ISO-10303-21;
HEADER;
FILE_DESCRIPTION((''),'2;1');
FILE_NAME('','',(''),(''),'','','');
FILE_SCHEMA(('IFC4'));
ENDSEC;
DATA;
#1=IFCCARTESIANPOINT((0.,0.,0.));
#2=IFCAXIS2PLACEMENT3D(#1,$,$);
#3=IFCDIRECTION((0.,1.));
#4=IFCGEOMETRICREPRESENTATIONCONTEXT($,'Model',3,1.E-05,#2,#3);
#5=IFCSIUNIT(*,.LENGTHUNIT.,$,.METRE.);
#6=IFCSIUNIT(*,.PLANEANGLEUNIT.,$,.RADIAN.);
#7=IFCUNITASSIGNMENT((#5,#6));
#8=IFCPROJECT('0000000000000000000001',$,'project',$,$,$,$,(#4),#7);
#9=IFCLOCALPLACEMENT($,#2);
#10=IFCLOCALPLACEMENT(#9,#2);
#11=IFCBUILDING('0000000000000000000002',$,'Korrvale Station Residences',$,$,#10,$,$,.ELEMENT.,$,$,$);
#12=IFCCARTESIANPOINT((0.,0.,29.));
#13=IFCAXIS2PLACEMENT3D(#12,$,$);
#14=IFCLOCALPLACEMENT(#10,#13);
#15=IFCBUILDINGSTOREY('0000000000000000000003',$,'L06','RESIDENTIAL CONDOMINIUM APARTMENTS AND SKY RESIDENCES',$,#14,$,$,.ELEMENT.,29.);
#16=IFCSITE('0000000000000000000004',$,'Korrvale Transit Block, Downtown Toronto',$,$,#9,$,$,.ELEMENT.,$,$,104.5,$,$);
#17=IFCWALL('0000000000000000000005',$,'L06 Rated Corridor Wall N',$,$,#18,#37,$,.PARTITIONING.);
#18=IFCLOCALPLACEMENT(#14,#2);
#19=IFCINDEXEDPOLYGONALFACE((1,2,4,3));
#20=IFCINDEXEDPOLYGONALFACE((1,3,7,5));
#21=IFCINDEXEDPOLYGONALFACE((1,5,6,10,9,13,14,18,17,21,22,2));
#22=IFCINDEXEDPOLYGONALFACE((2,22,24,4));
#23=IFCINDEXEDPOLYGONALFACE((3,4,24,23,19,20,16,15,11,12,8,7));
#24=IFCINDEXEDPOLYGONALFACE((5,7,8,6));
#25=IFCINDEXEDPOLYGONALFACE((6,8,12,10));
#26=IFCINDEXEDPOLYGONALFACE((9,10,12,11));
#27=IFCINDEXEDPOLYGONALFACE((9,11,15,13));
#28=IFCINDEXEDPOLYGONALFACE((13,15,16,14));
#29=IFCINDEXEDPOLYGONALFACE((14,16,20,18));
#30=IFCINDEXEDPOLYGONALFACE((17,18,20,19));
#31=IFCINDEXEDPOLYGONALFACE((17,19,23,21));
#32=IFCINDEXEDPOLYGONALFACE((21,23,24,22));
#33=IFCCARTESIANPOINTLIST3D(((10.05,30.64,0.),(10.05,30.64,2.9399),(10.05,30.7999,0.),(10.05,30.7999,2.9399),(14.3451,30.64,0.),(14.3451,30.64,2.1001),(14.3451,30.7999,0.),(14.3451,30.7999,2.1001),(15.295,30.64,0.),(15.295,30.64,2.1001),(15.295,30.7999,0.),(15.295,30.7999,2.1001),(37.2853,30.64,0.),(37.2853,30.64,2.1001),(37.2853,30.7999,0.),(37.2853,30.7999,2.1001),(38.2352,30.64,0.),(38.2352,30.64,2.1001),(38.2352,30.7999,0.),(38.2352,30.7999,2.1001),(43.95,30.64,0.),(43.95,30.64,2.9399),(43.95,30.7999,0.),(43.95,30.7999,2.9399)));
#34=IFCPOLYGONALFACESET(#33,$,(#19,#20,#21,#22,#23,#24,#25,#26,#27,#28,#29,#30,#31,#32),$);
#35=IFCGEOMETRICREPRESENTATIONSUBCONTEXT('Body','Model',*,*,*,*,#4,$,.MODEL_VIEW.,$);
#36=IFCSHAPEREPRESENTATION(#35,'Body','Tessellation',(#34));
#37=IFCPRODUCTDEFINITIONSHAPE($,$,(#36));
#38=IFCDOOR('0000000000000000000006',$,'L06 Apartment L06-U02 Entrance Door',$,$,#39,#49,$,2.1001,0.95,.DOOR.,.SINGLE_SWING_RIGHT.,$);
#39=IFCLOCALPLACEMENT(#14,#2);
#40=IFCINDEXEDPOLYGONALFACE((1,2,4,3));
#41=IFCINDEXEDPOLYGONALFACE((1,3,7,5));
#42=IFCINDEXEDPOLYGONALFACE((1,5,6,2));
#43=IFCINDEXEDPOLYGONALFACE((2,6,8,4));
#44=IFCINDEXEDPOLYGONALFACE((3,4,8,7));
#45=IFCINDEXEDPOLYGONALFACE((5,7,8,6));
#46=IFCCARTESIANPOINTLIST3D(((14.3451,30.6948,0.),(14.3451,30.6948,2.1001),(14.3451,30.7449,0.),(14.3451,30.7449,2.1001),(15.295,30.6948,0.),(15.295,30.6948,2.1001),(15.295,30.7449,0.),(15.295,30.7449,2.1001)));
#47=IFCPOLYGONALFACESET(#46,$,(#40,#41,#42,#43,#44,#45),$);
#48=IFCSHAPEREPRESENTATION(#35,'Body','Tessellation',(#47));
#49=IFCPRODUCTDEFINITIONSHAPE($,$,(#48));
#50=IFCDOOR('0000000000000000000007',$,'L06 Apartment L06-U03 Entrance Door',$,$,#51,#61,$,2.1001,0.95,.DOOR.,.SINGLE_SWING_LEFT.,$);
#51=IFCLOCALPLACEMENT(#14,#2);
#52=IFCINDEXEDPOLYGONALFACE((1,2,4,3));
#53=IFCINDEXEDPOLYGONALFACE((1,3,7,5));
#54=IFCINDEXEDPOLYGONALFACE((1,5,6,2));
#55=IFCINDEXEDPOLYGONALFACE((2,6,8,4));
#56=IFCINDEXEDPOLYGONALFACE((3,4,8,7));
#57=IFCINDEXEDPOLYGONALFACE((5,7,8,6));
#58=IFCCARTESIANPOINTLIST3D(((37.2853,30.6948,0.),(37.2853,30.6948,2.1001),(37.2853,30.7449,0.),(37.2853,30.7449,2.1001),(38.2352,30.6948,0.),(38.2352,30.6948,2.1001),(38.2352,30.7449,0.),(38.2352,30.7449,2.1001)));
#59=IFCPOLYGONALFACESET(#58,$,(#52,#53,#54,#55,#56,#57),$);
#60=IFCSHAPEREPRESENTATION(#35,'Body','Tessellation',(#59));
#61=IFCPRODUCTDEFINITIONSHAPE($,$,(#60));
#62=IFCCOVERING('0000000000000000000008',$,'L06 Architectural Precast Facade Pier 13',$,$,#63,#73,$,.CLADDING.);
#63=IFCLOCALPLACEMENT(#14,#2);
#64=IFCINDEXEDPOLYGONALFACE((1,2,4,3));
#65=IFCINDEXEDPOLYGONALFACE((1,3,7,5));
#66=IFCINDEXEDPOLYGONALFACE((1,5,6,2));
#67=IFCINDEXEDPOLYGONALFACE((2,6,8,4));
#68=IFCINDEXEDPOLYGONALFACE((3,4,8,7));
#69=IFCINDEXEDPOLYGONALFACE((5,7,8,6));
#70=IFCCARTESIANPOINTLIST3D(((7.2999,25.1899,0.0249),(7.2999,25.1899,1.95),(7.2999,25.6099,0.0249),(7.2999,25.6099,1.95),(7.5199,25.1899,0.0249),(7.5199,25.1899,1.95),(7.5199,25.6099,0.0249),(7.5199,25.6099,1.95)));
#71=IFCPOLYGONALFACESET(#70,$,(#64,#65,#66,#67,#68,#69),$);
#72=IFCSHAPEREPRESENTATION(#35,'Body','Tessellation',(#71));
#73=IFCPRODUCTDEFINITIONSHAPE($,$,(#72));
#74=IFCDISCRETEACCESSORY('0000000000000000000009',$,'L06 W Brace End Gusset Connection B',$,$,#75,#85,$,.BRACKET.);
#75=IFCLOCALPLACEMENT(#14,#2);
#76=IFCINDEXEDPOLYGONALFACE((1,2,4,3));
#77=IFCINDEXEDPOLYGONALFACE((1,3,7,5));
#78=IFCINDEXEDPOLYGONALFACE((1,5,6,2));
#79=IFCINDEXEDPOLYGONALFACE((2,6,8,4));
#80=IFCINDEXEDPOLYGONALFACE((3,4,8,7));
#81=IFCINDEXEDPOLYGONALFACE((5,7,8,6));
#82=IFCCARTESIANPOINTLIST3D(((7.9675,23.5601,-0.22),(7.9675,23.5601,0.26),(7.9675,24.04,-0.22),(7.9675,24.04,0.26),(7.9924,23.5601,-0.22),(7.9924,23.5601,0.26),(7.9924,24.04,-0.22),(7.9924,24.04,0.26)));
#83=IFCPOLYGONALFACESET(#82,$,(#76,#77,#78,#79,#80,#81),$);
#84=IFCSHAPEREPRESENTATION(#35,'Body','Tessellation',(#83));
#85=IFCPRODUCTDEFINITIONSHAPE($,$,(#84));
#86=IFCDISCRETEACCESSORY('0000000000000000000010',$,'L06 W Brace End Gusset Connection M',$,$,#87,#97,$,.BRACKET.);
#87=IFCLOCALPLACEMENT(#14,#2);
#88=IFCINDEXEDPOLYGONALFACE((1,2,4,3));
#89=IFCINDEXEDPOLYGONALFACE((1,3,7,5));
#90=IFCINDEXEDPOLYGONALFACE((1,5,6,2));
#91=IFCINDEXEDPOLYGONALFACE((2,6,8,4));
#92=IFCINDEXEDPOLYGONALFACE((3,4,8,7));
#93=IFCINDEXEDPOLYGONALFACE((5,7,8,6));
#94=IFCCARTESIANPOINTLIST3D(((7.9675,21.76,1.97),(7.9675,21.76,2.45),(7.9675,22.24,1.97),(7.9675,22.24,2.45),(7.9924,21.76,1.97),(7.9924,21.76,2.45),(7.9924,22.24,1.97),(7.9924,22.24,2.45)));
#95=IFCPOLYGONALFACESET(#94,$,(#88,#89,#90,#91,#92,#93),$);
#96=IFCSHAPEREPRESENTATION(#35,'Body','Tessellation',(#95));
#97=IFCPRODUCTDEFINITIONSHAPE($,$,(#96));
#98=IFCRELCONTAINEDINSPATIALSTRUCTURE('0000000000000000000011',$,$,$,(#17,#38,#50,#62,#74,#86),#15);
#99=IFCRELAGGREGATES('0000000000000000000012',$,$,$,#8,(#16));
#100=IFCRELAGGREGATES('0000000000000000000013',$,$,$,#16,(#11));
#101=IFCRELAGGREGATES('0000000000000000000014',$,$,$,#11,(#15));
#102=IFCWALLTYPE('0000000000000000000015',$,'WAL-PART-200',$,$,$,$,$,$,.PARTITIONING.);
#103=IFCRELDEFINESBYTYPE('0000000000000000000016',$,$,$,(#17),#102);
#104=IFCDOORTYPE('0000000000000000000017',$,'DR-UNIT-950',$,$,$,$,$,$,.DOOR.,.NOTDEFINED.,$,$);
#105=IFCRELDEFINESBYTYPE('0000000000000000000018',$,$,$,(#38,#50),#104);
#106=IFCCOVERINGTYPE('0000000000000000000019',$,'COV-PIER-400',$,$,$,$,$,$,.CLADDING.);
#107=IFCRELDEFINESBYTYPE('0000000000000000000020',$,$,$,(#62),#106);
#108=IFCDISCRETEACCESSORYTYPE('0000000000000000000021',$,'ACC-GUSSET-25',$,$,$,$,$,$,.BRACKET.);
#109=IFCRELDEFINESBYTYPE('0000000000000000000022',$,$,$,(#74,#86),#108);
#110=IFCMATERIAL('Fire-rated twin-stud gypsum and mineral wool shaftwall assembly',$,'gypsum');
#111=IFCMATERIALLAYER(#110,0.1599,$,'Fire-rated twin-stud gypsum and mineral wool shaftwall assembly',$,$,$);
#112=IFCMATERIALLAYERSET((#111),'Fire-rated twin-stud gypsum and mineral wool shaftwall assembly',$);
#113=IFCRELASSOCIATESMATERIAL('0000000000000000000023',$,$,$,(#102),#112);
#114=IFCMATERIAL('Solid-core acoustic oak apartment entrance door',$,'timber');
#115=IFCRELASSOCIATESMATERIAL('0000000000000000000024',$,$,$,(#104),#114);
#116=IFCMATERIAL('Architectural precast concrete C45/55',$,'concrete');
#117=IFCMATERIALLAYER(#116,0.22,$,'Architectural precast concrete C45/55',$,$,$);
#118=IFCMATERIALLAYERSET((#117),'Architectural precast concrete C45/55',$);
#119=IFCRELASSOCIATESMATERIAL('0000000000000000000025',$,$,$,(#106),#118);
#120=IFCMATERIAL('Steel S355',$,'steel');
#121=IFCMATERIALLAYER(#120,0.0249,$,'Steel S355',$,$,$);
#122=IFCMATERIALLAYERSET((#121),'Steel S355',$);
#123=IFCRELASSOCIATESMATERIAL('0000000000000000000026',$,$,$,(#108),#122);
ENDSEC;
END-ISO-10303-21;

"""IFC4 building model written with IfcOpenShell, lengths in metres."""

from ifc_helpers import new_model, si_unit, direction, frame, frame_2d, origin, origin_2d, place, context, subcontext, project, spatial, rectangle, extrude, material, layer, layer_set, type_object, element, fill, save


model = new_model("IFC4")

# Units and contexts
model_context = context("Model", 3, precision=1e-05, world=origin(), true_north=direction((0.0, 1.0)))
body_context = subcontext(model_context, "Body", "Model", "MODEL_VIEW")
ifc_project = project(units=[si_unit("LENGTHUNIT", "METRE"), si_unit("PLANEANGLEUNIT", "RADIAN")], contexts=[model_context])

# Site, building, storey
site_placement = place(None, origin())
site = spatial("IfcSite", under=ifc_project, at=site_placement, Name="Korrvale Transit Block, Downtown Toronto", CompositionType="ELEMENT", RefElevation=104.5)
building_placement = place(site_placement, origin())
building = spatial("IfcBuilding", under=site, at=building_placement, Name="Korrvale Station Residences", CompositionType="ELEMENT")
storey_placement = place(building_placement, frame((0.0, 0.0, 29.0)))
storey = spatial("IfcBuildingStorey", under=building, at=storey_placement, Name="L06", Description="RESIDENTIAL CONDOMINIUM APARTMENTS AND SKY RESIDENCES", CompositionType="ELEMENT", Elevation=29.0)

# Shared definitions
ifc_material_1 = material(Name="Steel S355", Category="steel")

# Shared definitions
ifc_material_2 = material(Name="Fire-rated twin-stud gypsum and mineral wool shaftwall assembly", Category="gypsum")
ifc_layer_1 = layer(ifc_material_2, 0.1599, Name="Fire-rated twin-stud gypsum and mineral wool shaftwall assembly")
ifc_layer_set_1 = layer_set([ifc_layer_1], Name="Fire-rated twin-stud gypsum and mineral wool shaftwall assembly")
wall_type_1 = type_object("IfcWallType", Name="WAL-PART-200", PredefinedType="PARTITIONING", material=ifc_layer_set_1)

# Wall, openings, doors
wall_1_placement = place(storey_placement, frame((10.05, 30.72, 0.0), z_axis=(0.0, 0.0, 1.0), x_axis=(1.0, 0.0, 0.0)))
wall_1 = element("IfcWall", 1, at=wall_1_placement, inside=storey, type_object=wall_type_1, Name="L06 Rated Corridor Wall N", PredefinedType="PARTITIONING", context=body_context, shape_type="SweptSolid", body=[
    extrude(rectangle(XDim=33.8999, YDim=0.1599, at=frame_2d((16.95, 0.0))), origin(), (0.0, 0.0, 1.0), 2.9399),
])
opening_1_placement = place(wall_1_placement, frame((4.2949, 0.0, 0.0)))
opening_1 = element("IfcOpeningElement", 2, at=opening_1_placement, cuts=wall_1, PredefinedType="OPENING", context=body_context, shape_type="SweptSolid", body=[
    extrude(rectangle(XDim=0.95, YDim=2.1001, at=frame_2d((0.4751, 1.05))), frame((0.0, 0.0898, 0.0), z_axis=(0.0, -1.0, 0.0), x_axis=(1.0, 0.0, 0.0)), (0.0, 0.0, 1.0), 0.1799),
])
opening_2_placement = place(wall_1_placement, frame((27.2351, 0.0, 0.0)))
opening_2 = element("IfcOpeningElement", 3, at=opening_2_placement, cuts=wall_1, PredefinedType="OPENING", context=body_context, shape_type="SweptSolid", body=[
    extrude(rectangle(XDim=0.95, YDim=2.1001, at=frame_2d((0.4751, 1.05))), frame((0.0, 0.0898, 0.0), z_axis=(0.0, -1.0, 0.0), x_axis=(1.0, 0.0, 0.0)), (0.0, 0.0, 1.0), 0.1799),
])
ifc_material_3 = material(Name="Solid-core acoustic oak apartment entrance door", Category="timber")
door_type_1 = type_object("IfcDoorType", Name="DR-UNIT-950", OperationType="NOTDEFINED", PredefinedType="DOOR", material=ifc_material_3)
door_1_placement = place(opening_1_placement, origin())
door_1 = element("IfcDoor", 4, at=door_1_placement, inside=storey, type_object=door_type_1, Name="L06 Apartment L06-U02 Entrance Door", OperationType="SINGLE_SWING_RIGHT", OverallHeight=2.1001, OverallWidth=0.95, PredefinedType="DOOR", context=body_context, shape_type="SweptSolid", body=[
    extrude(rectangle(XDim=0.95, YDim=2.1001, at=frame_2d((0.4751, 1.05))), frame((0.0, 0.0249, 0.0), z_axis=(0.0, -1.0, 0.0), x_axis=(1.0, 0.0, 0.0)), (0.0, 0.0, 1.0), 0.05),
])
fill(opening_1, door_1)
door_2_placement = place(opening_2_placement, origin())
door_2 = element("IfcDoor", 5, at=door_2_placement, inside=storey, type_object=door_type_1, Name="L06 Apartment L06-U03 Entrance Door", OperationType="SINGLE_SWING_LEFT", OverallHeight=2.1001, OverallWidth=0.95, PredefinedType="DOOR", context=body_context, shape_type="SweptSolid", body=[
    extrude(rectangle(XDim=0.95, YDim=2.1001, at=frame_2d((0.4751, 1.05))), frame((0.0, 0.0249, 0.0), z_axis=(0.0, -1.0, 0.0), x_axis=(1.0, 0.0, 0.0)), (0.0, 0.0, 1.0), 0.05),
])
fill(opening_2, door_2)

# Covering
ifc_material_4 = material(Name="Architectural precast concrete C45/55", Category="concrete")
ifc_layer_2 = layer(ifc_material_4, 0.22, Name="Architectural precast concrete C45/55")
ifc_layer_set_2 = layer_set([ifc_layer_2], Name="Architectural precast concrete C45/55")
covering_type = type_object("IfcCoveringType", Name="COV-PIER-400", PredefinedType="CLADDING", material=ifc_layer_set_2)
covering_placement = place(storey_placement, frame((7.4099, 25.3999, 0.0249), z_axis=(0.0, 0.0, 1.0), x_axis=(0.0, 1.0, 0.0)))
element("IfcCovering", 6, at=covering_placement, inside=storey, type_object=covering_type, Name="L06 Architectural Precast Facade Pier 13", PredefinedType="CLADDING", context=body_context, shape_type="SweptSolid", body=[
    extrude(rectangle(XDim=0.4199, YDim=0.22, at=origin_2d()), origin(), (0.0, 0.0, 1.0), 1.925),
])

# Discrete accessories
ifc_layer_3 = layer(ifc_material_1, 0.0249, Name="Steel S355")
ifc_layer_set_3 = layer_set([ifc_layer_3], Name="Steel S355")
discrete_accessory_type = type_object("IfcDiscreteAccessoryType", Name="ACC-GUSSET-25", PredefinedType="BRACKET", material=ifc_layer_set_3)
for number, where, z_axis, x_axis, name in (
    (7, (7.98, 23.8, -0.22), (0.0, 0.0, 1.0), (0.0, 1.0, 0.0), "L06 W Brace End Gusset Connection B"),
    (8, (7.98, 22.0, 1.97), (0.0, 0.0, 1.0), (0.0, 1.0, 0.0), "L06 W Brace End Gusset Connection M"),
):
    element("IfcDiscreteAccessory", number, at=place(storey_placement, frame(where, z_axis=z_axis, x_axis=x_axis)), inside=storey, type_object=discrete_accessory_type, Name=name, PredefinedType="BRACKET", context=body_context, shape_type="SweptSolid", body=[
        extrude(rectangle(XDim=0.48, YDim=0.0249, at=origin_2d()), origin(), (0.0, 0.0, 1.0), 0.48),
    ])

save(model, "model.ifc")
